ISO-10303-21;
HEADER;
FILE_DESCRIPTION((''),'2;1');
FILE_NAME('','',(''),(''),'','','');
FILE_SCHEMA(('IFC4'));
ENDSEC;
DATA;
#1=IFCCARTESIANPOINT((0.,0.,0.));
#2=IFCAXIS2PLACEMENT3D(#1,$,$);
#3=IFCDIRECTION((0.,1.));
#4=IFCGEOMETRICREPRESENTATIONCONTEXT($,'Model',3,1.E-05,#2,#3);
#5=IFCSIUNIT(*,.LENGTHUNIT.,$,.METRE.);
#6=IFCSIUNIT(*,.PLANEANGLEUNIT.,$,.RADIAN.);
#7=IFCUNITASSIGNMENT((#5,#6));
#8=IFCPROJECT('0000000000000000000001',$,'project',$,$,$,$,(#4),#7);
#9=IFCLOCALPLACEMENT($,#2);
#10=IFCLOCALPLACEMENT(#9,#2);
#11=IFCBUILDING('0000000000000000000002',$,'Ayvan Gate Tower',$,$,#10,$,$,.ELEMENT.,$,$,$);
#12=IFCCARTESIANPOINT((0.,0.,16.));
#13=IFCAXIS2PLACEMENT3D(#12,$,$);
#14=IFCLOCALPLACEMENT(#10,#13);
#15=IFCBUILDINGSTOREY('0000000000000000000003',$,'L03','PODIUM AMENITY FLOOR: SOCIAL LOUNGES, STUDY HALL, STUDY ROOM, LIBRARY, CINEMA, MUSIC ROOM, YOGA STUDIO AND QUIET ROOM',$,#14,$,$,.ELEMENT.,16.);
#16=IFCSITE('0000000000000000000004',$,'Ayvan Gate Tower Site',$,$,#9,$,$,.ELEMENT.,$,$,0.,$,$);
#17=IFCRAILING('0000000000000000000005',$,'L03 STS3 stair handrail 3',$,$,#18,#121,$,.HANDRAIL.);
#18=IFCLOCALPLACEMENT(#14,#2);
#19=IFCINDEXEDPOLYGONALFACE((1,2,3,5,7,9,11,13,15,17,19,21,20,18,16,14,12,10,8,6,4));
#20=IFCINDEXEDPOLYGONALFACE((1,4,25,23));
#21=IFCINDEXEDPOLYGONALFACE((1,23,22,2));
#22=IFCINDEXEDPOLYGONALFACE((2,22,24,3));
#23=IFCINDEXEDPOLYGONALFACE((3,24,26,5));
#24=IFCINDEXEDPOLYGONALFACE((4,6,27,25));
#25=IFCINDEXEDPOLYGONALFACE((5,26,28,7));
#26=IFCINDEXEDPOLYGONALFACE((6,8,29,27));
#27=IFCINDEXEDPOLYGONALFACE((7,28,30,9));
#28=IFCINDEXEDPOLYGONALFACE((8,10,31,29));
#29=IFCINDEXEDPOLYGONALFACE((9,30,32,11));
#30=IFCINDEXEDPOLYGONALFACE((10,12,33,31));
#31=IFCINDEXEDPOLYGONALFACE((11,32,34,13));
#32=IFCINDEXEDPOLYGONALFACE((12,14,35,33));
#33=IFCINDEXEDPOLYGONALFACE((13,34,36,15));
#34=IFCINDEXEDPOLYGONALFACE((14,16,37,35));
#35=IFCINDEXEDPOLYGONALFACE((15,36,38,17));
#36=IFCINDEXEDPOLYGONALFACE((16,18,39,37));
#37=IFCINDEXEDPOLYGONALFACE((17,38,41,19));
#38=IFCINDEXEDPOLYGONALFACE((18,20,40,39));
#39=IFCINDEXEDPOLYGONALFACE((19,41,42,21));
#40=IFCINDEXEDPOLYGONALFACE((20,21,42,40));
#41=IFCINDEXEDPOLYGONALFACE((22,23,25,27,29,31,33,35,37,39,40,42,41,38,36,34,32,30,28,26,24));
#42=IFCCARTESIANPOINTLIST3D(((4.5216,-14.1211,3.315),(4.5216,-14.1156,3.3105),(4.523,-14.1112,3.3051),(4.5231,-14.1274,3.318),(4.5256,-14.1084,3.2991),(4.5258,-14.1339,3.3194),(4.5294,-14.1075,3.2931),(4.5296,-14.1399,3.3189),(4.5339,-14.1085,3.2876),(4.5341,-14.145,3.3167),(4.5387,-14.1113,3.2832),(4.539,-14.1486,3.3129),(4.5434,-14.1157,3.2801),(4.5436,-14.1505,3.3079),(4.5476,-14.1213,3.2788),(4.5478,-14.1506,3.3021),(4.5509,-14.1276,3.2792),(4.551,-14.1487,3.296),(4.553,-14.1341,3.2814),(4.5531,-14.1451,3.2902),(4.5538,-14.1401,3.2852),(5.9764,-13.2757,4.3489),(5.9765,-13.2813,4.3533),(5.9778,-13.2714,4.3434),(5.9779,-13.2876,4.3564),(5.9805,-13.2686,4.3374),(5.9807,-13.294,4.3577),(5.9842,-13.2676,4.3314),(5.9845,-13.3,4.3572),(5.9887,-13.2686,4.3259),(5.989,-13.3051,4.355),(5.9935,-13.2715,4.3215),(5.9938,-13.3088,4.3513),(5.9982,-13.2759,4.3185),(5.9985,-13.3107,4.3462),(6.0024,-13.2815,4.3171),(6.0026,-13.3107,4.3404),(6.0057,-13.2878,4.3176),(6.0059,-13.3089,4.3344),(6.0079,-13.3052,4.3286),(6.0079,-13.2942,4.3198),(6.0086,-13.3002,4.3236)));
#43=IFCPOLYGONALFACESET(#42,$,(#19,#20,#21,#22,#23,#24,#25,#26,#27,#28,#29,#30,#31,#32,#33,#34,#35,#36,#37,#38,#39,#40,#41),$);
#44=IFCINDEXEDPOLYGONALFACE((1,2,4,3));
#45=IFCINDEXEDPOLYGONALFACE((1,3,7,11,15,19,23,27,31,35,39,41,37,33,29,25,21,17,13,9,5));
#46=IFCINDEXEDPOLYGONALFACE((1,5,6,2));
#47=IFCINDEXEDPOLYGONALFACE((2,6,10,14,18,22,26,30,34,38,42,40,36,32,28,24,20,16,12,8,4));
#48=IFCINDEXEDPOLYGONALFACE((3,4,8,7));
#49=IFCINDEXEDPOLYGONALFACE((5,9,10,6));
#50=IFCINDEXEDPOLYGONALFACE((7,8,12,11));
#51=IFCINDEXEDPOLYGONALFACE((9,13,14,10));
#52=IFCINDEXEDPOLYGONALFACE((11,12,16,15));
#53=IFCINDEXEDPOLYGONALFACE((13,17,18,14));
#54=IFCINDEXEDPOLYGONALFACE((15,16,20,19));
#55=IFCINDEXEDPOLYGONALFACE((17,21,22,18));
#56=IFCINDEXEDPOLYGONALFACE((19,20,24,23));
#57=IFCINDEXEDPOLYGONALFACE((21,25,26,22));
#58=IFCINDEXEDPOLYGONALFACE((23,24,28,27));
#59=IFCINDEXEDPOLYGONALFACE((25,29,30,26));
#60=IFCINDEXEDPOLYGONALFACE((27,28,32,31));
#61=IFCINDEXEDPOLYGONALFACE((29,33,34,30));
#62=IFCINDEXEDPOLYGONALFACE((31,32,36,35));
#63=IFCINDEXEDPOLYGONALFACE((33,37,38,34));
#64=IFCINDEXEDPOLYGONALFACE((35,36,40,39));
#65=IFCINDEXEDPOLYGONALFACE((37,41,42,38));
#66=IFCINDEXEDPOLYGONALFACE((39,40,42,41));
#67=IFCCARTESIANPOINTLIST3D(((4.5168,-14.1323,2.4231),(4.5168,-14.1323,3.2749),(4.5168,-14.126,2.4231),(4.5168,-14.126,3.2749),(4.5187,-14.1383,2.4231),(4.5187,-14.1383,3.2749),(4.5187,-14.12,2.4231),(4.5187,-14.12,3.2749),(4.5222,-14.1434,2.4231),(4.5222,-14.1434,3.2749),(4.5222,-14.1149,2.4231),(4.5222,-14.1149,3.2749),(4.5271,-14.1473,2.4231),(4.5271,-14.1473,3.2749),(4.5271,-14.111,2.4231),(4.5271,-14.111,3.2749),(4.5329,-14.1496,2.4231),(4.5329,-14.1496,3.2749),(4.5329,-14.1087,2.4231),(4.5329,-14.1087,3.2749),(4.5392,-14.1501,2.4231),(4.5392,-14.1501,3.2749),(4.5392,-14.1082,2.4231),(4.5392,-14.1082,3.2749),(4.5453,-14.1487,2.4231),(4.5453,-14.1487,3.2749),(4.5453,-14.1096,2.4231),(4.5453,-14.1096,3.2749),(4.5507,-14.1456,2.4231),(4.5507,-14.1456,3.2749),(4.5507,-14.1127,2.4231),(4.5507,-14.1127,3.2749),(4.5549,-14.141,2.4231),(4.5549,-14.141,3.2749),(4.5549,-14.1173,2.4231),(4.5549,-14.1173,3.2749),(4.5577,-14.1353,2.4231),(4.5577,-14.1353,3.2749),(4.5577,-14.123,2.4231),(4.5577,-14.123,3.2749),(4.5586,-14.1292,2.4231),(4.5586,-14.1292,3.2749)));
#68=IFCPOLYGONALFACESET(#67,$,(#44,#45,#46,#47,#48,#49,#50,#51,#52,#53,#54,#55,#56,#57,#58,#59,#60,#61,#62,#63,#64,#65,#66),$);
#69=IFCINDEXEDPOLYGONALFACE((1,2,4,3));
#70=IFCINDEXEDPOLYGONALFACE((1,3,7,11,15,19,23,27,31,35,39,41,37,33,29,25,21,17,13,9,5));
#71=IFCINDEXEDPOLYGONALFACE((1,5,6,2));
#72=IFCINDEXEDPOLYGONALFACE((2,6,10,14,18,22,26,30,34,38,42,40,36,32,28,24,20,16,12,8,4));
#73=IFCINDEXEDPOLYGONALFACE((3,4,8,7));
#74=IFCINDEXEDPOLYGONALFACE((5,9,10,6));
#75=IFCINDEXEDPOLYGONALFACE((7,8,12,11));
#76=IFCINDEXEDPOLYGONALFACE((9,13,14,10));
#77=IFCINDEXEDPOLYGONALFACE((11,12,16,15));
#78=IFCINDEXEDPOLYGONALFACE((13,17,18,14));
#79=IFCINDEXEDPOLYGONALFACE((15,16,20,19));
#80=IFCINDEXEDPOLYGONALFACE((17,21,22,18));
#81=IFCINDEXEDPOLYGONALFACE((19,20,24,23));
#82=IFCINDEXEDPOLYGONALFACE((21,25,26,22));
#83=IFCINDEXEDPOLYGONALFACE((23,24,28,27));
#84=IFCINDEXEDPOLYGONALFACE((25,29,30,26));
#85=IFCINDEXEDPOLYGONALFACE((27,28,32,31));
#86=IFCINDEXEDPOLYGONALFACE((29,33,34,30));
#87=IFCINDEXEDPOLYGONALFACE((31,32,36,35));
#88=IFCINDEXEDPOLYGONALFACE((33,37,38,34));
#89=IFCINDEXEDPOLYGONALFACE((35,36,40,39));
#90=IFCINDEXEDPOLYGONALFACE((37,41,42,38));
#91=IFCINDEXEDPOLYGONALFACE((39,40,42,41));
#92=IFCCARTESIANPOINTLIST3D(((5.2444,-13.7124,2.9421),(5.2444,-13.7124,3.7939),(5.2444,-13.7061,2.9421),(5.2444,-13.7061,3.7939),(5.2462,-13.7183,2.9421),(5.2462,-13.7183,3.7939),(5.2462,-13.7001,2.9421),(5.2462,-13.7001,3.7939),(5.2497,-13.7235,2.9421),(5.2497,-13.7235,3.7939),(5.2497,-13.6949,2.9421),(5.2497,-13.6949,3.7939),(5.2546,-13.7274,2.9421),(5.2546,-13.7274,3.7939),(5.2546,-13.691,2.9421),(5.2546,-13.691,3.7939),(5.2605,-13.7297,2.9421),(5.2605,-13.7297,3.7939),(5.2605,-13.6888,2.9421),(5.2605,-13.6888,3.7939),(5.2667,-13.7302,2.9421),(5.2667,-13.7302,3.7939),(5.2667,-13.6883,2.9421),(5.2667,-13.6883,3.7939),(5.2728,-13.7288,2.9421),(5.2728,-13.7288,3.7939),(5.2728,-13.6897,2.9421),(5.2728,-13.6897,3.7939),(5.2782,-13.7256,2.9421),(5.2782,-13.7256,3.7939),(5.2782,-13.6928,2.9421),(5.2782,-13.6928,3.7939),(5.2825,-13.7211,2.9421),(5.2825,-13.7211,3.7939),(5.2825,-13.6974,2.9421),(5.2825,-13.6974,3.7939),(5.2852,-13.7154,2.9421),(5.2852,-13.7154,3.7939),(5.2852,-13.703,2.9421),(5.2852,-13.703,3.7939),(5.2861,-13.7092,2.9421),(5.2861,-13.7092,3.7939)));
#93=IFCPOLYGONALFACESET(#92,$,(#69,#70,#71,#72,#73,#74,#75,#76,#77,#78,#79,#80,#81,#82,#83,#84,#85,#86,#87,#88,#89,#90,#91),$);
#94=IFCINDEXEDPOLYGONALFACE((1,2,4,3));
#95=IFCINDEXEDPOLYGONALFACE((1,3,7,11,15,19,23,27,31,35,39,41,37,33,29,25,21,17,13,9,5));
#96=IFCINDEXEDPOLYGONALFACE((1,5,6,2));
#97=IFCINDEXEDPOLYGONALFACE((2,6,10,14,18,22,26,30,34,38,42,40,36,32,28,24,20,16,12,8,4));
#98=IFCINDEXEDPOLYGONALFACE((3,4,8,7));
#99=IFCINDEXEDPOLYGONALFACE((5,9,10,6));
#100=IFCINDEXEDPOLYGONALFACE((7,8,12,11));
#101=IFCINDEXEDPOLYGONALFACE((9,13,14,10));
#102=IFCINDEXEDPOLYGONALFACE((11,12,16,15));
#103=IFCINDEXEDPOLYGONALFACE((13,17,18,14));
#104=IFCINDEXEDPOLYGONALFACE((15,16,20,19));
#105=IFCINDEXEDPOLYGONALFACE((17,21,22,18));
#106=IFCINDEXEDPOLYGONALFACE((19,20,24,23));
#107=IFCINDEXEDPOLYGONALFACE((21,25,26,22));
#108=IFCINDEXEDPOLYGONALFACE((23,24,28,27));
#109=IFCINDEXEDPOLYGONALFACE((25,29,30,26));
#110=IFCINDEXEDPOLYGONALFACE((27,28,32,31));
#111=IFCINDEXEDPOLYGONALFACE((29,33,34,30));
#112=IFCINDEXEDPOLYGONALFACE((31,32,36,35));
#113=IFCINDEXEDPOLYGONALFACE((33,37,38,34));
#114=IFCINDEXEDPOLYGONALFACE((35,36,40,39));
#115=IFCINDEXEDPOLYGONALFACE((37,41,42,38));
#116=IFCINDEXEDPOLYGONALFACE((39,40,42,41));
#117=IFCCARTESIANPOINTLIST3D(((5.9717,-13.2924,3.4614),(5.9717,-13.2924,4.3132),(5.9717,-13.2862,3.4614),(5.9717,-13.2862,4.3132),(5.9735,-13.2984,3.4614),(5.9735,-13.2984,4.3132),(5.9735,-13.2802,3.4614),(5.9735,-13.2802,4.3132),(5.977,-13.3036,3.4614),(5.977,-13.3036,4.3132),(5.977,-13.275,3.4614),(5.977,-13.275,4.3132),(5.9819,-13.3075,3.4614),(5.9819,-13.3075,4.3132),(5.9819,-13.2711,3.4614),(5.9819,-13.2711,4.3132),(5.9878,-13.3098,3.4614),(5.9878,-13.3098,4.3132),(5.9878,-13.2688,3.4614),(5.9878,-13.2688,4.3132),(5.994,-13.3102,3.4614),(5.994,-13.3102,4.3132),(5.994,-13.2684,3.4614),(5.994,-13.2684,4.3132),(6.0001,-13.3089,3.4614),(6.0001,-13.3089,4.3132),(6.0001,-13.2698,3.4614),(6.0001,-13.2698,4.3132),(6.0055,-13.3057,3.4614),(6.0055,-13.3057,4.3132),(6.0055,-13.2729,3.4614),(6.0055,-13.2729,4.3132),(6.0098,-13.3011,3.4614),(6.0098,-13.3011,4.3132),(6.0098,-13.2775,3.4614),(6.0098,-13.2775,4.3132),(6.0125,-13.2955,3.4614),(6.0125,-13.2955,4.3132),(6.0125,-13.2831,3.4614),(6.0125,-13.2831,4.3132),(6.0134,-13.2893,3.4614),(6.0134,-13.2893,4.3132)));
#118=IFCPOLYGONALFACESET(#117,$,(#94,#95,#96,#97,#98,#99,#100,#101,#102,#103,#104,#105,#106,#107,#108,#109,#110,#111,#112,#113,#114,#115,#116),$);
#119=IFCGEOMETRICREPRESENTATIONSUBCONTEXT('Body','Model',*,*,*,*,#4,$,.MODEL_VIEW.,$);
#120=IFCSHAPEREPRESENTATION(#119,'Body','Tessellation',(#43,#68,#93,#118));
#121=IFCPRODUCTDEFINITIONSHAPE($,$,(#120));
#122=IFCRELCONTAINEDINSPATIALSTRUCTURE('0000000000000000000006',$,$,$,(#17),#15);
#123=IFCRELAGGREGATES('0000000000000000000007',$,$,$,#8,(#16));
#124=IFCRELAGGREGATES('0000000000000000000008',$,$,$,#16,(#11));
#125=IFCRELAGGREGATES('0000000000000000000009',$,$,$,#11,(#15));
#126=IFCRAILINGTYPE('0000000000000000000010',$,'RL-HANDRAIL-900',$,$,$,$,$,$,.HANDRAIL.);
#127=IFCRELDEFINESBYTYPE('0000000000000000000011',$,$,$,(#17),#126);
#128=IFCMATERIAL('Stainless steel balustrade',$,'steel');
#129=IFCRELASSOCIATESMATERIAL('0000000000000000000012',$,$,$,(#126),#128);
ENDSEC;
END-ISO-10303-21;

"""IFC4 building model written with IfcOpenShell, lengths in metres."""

from ifc_helpers import new_model, si_unit, direction, frame, origin, origin_2d, place, context, subcontext, project, spatial, circle, extrude, material, type_object, element, save


model = new_model("IFC4")

# Units and contexts
model_context = context("Model", 3, precision=1e-05, world=origin(), true_north=direction((0.0, 1.0)))
body_context = subcontext(model_context, "Body", "Model", "MODEL_VIEW")
ifc_project = project(units=[si_unit("LENGTHUNIT", "METRE"), si_unit("PLANEANGLEUNIT", "RADIAN")], contexts=[model_context])

# Site, building, storey
site_placement = place(None, origin())
site = spatial("IfcSite", under=ifc_project, at=site_placement, Name="Ayvan Gate Tower Site", CompositionType="ELEMENT", RefElevation=0.0)
building_placement = place(site_placement, origin())
building = spatial("IfcBuilding", under=site, at=building_placement, Name="Ayvan Gate Tower", CompositionType="ELEMENT")
storey_placement = place(building_placement, frame((0.0, 0.0, 16.0)))
storey = spatial("IfcBuildingStorey", under=building, at=storey_placement, Name="L03", Description="PODIUM AMENITY FLOOR: SOCIAL LOUNGES, STUDY HALL, STUDY ROOM, LIBRARY, CINEMA, MUSIC ROOM, YOGA STUDIO AND QUIET ROOM", CompositionType="ELEMENT", Elevation=16.0)

# Railing
ifc_material_1 = material(Name="Stainless steel balustrade", Category="steel")
railing_type_1 = type_object("IfcRailingType", Name="RL-HANDRAIL-900", PredefinedType="HANDRAIL", material=ifc_material_1)
railing_1_placement = place(storey_placement, frame((4.5376, -14.1292, 2.4231)))
element("IfcRailing", 1, at=railing_1_placement, inside=storey, type_object=railing_type_1, Name="L03 STS3 stair handrail 3", PredefinedType="HANDRAIL", context=body_context, shape_type="SweptSolid", body=[
    extrude(circle(Radius=0.0239, at=origin_2d()), frame((0.0, 0.0, 0.876), z_axis=(0.736683, 0.425271, 0.525778), x_axis=(-0.499953, 0.866052, 0.0)), (0.0, 0.0, 1.0), 1.9749),
    extrude(circle(Radius=0.021, at=origin_2d()), origin(), (0.0, 0.0, 1.0), 0.8518),
    extrude(circle(Radius=0.021, at=origin_2d()), frame((0.7275, 0.4199, 0.519)), (0.0, 0.0, 1.0), 0.8518),
    extrude(circle(Radius=0.021, at=origin_2d()), frame((1.4548, 0.8398, 1.0383)), (0.0, 0.0, 1.0), 0.8518),
])

save(model, "model.ifc")
